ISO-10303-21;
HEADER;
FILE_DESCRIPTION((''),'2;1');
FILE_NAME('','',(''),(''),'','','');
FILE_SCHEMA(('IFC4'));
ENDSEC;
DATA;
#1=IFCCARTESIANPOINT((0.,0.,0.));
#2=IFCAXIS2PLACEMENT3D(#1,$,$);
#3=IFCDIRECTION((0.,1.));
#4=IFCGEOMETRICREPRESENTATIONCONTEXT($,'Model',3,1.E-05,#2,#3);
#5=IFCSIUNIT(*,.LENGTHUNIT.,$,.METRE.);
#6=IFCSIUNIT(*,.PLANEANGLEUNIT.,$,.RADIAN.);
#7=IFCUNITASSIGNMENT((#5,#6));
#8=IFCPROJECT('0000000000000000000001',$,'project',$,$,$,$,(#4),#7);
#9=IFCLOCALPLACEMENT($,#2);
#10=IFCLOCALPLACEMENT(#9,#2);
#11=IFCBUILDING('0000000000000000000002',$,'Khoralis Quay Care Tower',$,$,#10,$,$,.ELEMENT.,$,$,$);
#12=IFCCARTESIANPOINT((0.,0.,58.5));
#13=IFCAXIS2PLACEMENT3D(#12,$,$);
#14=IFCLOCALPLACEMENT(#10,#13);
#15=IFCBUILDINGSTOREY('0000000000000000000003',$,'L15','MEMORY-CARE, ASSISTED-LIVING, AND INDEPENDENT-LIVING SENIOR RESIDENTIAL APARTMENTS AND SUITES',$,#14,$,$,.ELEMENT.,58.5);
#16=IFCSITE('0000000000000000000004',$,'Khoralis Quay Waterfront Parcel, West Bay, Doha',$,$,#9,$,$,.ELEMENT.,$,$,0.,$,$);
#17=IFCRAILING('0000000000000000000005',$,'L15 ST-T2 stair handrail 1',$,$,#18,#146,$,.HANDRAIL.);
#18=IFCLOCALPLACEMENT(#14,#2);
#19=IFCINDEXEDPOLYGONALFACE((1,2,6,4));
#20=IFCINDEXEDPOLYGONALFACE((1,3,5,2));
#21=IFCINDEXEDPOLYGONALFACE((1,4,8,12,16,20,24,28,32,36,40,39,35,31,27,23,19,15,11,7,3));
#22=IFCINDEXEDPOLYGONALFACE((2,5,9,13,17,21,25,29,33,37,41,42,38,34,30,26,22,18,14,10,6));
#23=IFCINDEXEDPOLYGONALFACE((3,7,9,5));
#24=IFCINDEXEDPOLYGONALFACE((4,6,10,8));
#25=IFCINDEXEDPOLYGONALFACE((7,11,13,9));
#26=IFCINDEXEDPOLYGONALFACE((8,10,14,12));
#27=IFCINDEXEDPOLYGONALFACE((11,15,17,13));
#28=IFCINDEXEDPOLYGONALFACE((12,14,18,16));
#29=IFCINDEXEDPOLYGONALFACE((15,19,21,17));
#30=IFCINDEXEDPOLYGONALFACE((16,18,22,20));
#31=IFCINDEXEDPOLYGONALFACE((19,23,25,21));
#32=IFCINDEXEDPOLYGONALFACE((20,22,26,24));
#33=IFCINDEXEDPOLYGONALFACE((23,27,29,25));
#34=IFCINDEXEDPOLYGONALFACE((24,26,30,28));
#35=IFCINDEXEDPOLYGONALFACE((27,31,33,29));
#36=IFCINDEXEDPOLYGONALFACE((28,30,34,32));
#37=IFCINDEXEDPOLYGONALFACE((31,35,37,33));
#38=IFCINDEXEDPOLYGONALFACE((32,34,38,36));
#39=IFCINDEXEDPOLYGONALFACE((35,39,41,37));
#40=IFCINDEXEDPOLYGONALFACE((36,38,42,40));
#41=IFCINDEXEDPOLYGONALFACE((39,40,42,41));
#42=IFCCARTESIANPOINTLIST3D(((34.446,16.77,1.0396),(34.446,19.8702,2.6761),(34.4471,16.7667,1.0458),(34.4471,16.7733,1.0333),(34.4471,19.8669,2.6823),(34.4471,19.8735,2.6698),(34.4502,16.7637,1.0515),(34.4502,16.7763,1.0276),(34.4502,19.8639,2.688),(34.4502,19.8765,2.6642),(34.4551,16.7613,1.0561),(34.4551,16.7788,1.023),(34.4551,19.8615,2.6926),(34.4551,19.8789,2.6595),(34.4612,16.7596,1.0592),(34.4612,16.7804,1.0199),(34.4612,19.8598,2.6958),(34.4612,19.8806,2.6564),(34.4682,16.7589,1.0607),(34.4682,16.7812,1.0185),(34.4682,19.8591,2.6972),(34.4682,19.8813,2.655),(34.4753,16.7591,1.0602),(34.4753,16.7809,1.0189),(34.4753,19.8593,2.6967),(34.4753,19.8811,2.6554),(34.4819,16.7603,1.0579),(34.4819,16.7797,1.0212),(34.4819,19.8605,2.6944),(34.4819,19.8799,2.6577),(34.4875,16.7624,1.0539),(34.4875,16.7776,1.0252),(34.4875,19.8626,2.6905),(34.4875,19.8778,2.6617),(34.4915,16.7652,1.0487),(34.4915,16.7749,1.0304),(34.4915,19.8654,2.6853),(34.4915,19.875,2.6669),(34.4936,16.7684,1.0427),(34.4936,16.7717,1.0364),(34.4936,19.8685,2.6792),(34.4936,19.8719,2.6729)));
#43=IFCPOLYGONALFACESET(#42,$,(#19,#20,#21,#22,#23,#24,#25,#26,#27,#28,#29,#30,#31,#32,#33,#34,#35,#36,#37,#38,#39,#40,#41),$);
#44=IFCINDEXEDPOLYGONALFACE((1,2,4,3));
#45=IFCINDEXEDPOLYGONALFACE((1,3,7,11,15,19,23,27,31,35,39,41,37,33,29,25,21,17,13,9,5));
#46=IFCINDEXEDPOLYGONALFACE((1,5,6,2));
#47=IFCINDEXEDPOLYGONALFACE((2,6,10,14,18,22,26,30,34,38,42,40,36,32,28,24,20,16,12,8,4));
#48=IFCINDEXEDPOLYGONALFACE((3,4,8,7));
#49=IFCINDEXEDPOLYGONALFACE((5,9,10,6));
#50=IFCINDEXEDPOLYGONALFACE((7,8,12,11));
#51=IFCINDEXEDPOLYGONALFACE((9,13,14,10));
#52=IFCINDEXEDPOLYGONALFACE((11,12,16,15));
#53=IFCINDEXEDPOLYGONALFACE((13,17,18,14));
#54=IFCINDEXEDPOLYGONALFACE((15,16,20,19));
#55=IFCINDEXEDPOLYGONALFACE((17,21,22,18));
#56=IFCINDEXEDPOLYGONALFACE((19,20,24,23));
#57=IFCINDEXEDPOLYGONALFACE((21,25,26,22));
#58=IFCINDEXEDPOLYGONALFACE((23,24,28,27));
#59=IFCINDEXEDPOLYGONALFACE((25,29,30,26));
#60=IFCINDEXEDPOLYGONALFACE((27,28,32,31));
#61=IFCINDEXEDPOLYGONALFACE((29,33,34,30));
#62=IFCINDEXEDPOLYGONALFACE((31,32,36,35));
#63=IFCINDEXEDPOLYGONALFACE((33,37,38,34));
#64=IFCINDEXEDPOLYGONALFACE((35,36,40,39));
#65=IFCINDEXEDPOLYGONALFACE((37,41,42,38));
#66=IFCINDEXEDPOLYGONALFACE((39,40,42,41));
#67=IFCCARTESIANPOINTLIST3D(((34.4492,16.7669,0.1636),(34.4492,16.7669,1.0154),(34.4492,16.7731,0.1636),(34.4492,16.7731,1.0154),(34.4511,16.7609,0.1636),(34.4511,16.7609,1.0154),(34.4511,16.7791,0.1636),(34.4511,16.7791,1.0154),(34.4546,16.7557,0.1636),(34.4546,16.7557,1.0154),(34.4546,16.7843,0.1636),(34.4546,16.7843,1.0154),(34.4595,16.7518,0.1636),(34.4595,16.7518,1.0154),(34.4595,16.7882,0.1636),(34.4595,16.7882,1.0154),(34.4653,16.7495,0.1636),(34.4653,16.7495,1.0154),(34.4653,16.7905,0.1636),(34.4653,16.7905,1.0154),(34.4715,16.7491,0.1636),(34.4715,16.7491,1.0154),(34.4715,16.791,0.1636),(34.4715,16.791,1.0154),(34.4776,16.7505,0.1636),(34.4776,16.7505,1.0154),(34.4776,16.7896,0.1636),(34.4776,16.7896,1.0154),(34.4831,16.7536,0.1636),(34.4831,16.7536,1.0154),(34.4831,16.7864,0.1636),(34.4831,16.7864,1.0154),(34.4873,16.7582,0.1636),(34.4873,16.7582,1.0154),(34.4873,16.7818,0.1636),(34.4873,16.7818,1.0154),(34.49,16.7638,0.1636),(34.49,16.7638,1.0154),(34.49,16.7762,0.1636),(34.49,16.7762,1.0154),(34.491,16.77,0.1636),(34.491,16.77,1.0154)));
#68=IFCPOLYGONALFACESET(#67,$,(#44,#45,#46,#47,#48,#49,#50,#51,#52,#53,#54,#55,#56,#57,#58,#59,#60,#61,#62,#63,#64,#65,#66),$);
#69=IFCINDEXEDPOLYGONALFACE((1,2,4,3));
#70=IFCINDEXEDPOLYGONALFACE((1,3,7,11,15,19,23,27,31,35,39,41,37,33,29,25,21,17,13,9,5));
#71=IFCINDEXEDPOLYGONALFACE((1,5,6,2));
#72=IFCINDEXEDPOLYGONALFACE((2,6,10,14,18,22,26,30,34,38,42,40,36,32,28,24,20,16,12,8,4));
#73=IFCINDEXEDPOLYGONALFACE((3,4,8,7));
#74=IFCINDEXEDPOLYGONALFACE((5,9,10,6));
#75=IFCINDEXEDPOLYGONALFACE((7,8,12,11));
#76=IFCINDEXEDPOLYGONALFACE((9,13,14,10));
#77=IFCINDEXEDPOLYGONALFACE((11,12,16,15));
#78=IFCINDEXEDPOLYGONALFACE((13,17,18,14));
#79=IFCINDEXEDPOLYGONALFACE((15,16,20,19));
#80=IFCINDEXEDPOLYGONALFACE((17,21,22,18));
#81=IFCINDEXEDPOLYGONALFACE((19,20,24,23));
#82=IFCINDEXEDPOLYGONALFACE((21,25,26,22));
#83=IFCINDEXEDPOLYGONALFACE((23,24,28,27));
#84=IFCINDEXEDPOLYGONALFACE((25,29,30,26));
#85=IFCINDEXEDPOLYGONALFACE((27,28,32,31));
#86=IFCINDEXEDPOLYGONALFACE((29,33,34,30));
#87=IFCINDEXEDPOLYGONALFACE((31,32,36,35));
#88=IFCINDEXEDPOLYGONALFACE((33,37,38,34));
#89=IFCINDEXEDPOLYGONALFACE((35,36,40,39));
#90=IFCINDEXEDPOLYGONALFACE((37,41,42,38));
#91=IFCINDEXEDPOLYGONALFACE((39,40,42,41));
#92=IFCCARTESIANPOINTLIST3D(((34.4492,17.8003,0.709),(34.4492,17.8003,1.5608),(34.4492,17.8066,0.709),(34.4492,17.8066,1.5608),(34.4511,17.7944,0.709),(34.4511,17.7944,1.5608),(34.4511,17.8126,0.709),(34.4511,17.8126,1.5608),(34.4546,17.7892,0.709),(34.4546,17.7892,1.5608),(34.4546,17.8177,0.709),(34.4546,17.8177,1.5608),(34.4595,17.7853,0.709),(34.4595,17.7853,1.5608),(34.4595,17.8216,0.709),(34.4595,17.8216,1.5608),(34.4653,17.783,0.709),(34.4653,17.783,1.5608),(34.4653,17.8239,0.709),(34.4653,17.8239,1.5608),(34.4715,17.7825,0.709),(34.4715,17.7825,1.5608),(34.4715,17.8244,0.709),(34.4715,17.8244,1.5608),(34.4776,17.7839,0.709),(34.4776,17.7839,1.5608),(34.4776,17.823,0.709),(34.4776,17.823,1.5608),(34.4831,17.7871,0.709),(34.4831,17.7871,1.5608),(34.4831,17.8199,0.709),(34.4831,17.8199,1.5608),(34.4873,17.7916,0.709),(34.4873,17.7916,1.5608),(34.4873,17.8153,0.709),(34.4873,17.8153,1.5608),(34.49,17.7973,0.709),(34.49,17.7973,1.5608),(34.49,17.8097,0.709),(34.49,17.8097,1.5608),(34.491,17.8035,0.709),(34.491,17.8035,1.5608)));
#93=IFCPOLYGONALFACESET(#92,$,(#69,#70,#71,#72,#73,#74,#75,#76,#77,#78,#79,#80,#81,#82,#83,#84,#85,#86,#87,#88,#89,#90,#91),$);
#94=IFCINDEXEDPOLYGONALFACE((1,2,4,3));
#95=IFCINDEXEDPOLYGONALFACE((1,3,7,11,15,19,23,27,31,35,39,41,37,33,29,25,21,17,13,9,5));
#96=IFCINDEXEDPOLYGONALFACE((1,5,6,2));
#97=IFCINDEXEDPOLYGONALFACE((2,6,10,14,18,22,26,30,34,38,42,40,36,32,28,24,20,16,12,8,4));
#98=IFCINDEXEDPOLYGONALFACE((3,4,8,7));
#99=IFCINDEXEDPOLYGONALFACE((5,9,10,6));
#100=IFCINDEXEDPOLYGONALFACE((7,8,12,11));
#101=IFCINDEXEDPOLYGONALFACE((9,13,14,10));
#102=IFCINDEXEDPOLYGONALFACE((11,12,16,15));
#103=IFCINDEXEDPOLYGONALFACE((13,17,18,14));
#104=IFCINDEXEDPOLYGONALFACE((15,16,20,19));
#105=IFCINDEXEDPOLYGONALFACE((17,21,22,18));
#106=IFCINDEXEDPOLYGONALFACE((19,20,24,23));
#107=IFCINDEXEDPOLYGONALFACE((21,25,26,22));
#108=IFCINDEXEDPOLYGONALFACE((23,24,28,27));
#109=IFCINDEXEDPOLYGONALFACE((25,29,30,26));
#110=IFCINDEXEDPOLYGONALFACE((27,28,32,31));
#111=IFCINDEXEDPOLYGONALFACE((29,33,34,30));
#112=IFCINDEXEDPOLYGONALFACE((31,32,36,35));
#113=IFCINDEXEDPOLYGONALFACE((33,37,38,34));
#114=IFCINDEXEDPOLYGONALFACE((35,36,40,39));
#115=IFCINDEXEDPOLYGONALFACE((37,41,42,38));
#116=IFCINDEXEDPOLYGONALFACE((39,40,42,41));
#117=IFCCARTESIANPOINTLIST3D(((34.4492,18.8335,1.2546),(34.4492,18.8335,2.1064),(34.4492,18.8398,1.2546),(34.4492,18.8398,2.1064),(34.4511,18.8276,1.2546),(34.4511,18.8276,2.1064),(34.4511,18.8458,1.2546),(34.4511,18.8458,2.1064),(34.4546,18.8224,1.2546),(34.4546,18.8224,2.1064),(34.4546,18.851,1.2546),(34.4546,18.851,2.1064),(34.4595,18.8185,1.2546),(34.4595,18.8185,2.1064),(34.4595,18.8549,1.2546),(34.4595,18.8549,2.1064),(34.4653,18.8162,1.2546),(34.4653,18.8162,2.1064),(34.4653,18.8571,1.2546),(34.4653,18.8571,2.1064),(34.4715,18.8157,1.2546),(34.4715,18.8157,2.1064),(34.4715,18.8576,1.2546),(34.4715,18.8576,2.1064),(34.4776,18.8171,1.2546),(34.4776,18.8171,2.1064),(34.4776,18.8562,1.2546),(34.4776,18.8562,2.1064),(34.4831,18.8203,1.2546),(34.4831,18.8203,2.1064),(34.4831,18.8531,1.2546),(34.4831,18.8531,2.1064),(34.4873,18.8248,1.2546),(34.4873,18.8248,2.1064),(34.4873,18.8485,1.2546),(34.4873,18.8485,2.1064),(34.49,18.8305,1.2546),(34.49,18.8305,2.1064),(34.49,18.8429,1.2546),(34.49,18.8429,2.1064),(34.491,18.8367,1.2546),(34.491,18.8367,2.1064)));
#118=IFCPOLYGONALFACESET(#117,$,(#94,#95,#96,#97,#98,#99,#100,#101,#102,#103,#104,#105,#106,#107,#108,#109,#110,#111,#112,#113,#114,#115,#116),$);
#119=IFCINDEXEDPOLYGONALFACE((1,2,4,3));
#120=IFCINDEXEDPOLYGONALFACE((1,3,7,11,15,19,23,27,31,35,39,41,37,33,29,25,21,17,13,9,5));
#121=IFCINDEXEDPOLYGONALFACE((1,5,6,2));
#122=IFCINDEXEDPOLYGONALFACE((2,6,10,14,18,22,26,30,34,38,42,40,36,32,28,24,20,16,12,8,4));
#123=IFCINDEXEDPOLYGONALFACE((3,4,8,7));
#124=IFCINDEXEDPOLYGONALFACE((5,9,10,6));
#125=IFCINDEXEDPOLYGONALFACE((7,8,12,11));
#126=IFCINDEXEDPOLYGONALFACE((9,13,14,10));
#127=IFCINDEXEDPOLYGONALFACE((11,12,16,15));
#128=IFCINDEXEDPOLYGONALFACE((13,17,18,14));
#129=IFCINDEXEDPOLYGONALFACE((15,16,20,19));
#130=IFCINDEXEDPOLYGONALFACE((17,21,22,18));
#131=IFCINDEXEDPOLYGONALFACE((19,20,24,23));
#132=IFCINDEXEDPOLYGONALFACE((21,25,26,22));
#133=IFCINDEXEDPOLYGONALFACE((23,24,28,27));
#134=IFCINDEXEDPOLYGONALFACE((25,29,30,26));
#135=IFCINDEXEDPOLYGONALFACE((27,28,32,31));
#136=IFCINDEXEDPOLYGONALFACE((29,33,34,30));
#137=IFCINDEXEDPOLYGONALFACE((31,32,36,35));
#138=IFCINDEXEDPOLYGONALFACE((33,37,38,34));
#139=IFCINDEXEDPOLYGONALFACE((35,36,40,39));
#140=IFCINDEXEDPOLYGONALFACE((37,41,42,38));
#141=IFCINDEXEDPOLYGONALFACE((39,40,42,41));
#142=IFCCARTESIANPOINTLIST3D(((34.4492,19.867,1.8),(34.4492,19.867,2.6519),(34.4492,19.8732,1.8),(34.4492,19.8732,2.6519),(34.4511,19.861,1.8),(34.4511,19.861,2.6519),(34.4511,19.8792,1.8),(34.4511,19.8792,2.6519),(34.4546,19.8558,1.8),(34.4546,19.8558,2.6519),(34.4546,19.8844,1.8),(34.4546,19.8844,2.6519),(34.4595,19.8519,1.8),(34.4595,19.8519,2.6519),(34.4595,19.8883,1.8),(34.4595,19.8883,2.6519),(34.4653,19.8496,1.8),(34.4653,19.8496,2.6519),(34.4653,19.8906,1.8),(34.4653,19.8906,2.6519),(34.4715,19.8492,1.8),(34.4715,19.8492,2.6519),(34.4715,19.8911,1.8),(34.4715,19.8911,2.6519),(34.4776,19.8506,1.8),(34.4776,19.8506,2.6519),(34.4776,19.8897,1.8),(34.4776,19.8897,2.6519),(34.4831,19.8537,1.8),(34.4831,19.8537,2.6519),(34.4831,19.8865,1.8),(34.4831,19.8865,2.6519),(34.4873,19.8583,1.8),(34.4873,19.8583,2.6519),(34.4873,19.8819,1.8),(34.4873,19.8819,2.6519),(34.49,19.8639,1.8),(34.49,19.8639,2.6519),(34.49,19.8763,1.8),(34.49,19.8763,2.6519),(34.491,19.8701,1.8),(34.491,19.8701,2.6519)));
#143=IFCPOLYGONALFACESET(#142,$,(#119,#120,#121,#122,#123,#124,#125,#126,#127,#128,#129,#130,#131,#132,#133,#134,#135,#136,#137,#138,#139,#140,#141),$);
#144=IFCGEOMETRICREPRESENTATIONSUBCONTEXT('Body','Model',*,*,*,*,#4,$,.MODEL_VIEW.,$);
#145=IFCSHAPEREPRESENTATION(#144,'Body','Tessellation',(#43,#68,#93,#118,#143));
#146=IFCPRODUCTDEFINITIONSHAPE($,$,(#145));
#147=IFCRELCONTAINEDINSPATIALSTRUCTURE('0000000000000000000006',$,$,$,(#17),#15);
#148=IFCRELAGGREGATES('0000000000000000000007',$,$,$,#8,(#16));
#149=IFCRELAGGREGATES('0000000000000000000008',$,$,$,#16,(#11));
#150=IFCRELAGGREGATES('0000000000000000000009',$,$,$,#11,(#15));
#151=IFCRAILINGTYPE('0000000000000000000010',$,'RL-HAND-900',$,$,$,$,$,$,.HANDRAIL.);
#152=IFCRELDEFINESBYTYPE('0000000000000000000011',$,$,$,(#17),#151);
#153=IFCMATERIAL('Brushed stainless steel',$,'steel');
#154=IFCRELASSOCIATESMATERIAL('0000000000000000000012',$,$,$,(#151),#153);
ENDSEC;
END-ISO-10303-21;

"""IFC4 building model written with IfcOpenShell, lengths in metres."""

from ifc_helpers import new_model, si_unit, direction, frame, origin, origin_2d, place, context, subcontext, project, spatial, circle, extrude, material, type_object, element, save


model = new_model("IFC4")

# Units and contexts
model_context = context("Model", 3, precision=1e-05, world=origin(), true_north=direction((0.0, 1.0)))
body_context = subcontext(model_context, "Body", "Model", "MODEL_VIEW")
ifc_project = project(units=[si_unit("LENGTHUNIT", "METRE"), si_unit("PLANEANGLEUNIT", "RADIAN")], contexts=[model_context])

# Site, building, storey
site_placement = place(None, origin())
site = spatial("IfcSite", under=ifc_project, at=site_placement, Name="Khoralis Quay Waterfront Parcel, West Bay, Doha", CompositionType="ELEMENT", RefElevation=0.0)
building_placement = place(site_placement, origin())
building = spatial("IfcBuilding", under=site, at=building_placement, Name="Khoralis Quay Care Tower", CompositionType="ELEMENT")
storey_placement = place(building_placement, frame((0.0, 0.0, 58.5)))
storey = spatial("IfcBuildingStorey", under=building, at=storey_placement, Name="L15", Description="MEMORY-CARE, ASSISTED-LIVING, AND INDEPENDENT-LIVING SENIOR RESIDENTIAL APARTMENTS AND SUITES", CompositionType="ELEMENT", Elevation=58.5)

# Shared definitions
ifc_material_1 = material(Name="Brushed stainless steel", Category="steel")

# Railing
railing_type_1 = type_object("IfcRailingType", Name="RL-HAND-900", PredefinedType="HANDRAIL", material=ifc_material_1)
railing_1_placement = place(storey_placement, frame((34.47, 16.77, 0.1636)))
element("IfcRailing", 1, at=railing_1_placement, inside=storey, type_object=railing_type_1, Name="L15 ST-T2 stair handrail 1", PredefinedType="HANDRAIL", context=body_context, shape_type="SweptSolid", body=[
    extrude(circle(Radius=0.0239, at=origin_2d()), frame((0.0, 0.0, 0.876), z_axis=(0.0, 0.884348, 0.466828), x_axis=(-1.0, 0.0, 0.0)), (0.0, 0.0, 1.0), 3.5056),
    extrude(circle(Radius=0.021, at=origin_2d()), origin(), (0.0, 0.0, 1.0), 0.8518),
    extrude(circle(Radius=0.021, at=origin_2d()), frame((0.0, 1.0334, 0.5454)), (0.0, 0.0, 1.0), 0.8518),
    extrude(circle(Radius=0.021, at=origin_2d()), frame((0.0, 2.0667, 1.0911)), (0.0, 0.0, 1.0), 0.8518),
    extrude(circle(Radius=0.021, at=origin_2d()), frame((0.0, 3.1001, 1.6365)), (0.0, 0.0, 1.0), 0.8518),
])

save(model, "model.ifc")
